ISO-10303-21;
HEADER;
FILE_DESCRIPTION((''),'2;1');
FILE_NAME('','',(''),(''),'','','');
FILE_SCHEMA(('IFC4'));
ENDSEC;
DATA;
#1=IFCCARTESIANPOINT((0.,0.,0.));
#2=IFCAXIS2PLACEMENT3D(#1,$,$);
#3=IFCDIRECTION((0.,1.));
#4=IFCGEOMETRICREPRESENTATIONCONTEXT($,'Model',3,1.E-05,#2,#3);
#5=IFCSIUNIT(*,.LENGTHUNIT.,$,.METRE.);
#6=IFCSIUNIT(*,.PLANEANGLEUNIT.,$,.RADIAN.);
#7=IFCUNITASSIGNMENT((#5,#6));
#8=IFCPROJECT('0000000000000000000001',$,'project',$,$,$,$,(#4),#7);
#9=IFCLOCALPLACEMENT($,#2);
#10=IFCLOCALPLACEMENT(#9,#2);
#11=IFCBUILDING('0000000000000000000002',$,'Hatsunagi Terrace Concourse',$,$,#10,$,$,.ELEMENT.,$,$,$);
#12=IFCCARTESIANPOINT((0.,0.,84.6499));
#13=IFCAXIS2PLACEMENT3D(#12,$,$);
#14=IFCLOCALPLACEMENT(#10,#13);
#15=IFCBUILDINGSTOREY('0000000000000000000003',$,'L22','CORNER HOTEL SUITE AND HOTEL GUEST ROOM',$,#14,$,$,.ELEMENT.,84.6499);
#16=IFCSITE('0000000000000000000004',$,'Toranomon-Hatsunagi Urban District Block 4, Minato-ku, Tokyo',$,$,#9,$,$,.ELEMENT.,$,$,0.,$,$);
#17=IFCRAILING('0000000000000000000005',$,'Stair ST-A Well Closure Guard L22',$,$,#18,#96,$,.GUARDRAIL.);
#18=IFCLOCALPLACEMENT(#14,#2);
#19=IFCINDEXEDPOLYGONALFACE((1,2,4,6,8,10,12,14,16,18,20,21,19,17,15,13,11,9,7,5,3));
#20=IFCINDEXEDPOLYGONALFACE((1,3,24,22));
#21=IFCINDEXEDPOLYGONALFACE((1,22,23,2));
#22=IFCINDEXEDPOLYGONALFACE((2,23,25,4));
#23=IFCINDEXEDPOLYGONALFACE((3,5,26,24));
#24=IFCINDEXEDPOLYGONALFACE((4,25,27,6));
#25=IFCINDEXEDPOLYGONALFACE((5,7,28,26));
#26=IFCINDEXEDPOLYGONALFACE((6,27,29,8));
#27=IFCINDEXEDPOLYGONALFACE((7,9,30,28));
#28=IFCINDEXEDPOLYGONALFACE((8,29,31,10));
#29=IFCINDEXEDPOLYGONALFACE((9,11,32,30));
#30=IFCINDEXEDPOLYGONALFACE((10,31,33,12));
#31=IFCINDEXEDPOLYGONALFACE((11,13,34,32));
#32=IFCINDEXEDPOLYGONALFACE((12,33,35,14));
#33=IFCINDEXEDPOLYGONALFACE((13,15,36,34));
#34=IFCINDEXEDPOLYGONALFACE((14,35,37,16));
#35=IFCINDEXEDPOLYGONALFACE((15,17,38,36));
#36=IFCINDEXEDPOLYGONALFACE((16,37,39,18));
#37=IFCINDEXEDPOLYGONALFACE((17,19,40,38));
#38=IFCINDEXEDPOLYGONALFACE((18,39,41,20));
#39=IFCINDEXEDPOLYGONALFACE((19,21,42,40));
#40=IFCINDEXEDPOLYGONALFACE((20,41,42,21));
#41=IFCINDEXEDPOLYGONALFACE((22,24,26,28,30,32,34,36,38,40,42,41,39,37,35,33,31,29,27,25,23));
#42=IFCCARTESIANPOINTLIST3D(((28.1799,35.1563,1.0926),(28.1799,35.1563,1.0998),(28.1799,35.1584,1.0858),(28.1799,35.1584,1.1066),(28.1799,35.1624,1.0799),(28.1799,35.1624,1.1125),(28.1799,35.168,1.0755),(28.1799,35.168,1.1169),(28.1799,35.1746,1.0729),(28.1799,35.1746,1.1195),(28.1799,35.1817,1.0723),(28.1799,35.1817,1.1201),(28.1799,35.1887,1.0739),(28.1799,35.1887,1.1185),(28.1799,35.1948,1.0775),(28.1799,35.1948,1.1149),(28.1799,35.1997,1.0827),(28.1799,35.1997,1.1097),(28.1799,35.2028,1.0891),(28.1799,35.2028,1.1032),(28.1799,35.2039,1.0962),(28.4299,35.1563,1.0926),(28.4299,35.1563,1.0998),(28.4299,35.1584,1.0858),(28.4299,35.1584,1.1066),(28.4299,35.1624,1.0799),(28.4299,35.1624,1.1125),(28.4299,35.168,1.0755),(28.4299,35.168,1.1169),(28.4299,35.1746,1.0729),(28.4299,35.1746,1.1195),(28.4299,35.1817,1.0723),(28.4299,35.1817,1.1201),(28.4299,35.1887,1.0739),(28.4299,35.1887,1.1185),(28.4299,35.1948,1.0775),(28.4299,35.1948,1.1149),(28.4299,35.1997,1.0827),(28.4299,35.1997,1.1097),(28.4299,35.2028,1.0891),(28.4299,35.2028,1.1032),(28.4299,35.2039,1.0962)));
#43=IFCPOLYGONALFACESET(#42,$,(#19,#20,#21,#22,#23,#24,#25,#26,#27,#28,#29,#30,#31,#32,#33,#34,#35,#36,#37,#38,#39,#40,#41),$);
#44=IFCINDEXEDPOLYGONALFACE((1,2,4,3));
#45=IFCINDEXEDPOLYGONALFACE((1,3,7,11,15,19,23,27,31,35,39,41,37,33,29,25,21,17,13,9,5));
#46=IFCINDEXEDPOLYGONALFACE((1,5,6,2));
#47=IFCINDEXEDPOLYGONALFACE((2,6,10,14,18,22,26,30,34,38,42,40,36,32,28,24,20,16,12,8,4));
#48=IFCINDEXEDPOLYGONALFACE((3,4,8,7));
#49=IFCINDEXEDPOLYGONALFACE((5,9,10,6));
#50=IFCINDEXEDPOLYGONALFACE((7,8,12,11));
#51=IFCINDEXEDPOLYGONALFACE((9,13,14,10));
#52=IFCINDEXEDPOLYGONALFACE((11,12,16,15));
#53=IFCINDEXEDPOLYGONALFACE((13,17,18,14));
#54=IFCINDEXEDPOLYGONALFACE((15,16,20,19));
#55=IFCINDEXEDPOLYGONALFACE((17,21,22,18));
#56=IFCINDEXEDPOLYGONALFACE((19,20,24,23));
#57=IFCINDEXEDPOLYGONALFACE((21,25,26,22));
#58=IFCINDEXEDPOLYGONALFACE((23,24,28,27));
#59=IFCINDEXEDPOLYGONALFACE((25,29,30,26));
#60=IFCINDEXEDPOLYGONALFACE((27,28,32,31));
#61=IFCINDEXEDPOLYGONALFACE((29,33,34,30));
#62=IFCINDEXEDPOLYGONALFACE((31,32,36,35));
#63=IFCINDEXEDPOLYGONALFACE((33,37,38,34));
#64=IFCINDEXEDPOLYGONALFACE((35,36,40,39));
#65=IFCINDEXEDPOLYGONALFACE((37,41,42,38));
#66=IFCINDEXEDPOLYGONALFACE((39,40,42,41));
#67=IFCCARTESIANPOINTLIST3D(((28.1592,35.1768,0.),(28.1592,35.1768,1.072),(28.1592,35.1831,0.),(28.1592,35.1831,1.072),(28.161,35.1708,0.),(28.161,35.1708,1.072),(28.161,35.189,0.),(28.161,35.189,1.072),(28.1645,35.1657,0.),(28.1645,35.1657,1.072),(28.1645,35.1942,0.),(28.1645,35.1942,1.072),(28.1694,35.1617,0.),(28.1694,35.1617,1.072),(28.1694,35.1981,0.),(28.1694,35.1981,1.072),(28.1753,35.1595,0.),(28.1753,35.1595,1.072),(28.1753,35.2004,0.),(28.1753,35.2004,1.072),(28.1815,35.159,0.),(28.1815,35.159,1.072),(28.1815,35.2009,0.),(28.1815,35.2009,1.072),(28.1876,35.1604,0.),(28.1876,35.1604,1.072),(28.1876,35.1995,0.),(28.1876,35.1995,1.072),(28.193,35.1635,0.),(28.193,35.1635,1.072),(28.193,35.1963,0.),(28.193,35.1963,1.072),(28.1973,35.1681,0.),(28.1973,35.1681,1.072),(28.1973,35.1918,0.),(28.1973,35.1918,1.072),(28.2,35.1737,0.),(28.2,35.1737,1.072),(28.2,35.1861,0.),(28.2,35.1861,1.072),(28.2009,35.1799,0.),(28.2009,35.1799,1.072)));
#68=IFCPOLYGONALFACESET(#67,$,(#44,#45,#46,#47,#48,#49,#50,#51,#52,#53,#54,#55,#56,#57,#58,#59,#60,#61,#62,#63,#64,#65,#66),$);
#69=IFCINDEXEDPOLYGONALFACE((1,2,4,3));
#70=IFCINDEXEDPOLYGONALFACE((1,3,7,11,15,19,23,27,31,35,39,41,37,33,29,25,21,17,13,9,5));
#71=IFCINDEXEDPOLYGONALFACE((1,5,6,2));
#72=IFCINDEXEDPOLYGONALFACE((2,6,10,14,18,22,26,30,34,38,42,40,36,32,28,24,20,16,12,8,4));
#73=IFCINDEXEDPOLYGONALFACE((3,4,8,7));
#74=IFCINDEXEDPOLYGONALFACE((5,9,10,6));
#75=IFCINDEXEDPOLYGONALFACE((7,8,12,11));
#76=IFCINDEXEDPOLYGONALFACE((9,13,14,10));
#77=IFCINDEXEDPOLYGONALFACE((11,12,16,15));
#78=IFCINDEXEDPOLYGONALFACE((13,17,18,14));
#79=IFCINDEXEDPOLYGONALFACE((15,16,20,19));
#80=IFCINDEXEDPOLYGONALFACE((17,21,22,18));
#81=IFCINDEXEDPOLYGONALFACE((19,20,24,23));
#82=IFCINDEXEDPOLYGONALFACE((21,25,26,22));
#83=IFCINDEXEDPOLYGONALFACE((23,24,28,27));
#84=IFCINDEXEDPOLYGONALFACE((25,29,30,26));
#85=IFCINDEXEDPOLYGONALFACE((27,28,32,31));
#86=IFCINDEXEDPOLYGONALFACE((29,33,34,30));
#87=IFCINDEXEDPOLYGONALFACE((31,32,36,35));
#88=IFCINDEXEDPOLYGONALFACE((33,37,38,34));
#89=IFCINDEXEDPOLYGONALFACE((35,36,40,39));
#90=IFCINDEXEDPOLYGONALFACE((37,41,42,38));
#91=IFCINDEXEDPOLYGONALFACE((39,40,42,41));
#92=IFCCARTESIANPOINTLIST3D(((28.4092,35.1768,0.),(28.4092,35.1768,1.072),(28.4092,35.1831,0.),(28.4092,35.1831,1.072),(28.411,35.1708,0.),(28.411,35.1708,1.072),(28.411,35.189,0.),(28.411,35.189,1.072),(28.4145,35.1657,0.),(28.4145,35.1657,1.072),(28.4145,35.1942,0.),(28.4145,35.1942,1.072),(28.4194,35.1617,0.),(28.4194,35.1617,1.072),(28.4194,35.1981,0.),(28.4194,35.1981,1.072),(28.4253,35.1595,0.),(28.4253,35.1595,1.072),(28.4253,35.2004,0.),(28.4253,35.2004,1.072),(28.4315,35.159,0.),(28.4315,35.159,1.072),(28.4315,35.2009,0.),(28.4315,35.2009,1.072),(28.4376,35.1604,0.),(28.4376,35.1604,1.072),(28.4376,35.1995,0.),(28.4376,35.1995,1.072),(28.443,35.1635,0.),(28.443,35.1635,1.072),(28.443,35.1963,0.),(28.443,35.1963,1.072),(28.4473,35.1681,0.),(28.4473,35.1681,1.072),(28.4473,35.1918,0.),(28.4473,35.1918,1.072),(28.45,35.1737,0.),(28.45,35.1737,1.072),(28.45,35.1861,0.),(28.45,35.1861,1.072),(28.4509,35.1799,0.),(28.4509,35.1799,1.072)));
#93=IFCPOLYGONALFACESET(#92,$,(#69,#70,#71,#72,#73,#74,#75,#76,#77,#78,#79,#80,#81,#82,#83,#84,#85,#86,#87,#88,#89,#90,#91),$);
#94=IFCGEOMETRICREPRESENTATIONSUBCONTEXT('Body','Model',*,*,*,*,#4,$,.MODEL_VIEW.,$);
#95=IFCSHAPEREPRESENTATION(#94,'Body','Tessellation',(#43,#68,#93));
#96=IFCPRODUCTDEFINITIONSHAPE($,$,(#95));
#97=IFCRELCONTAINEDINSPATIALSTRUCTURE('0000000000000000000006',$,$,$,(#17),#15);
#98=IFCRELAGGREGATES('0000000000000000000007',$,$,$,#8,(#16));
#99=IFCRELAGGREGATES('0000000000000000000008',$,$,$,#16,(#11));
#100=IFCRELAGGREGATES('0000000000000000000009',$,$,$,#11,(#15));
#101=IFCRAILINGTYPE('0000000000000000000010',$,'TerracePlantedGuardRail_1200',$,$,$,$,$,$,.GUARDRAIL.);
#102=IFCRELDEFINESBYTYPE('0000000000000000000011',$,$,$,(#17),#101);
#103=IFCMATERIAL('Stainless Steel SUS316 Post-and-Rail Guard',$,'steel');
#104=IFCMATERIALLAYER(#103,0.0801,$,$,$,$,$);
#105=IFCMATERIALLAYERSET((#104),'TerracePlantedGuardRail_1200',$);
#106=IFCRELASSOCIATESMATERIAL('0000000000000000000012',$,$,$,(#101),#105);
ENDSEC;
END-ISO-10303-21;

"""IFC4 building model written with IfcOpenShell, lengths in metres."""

from ifc_helpers import new_model, si_unit, direction, frame, origin, origin_2d, place, context, subcontext, project, spatial, circle, extrude, material, layer, layer_set, type_object, element, save


model = new_model("IFC4")

# Units and contexts
model_context = context("Model", 3, precision=1e-05, world=origin(), true_north=direction((0.0, 1.0)))
body_context = subcontext(model_context, "Body", "Model", "MODEL_VIEW")
ifc_project = project(units=[si_unit("LENGTHUNIT", "METRE"), si_unit("PLANEANGLEUNIT", "RADIAN")], contexts=[model_context])

# Site, building, storey
site_placement = place(None, origin())
site = spatial("IfcSite", under=ifc_project, at=site_placement, Name="Toranomon-Hatsunagi Urban District Block 4, Minato-ku, Tokyo", CompositionType="ELEMENT", RefElevation=0.0)
building_placement = place(site_placement, origin())
building = spatial("IfcBuilding", under=site, at=building_placement, Name="Hatsunagi Terrace Concourse", CompositionType="ELEMENT")
storey_placement = place(building_placement, frame((0.0, 0.0, 84.6499)))
storey = spatial("IfcBuildingStorey", under=building, at=storey_placement, Name="L22", Description="CORNER HOTEL SUITE AND HOTEL GUEST ROOM", CompositionType="ELEMENT", Elevation=84.6499)

# Railing
ifc_material_1 = material(Name="Stainless Steel SUS316 Post-and-Rail Guard", Category="steel")
ifc_layer_1 = layer(ifc_material_1, 0.0801)
ifc_layer_set_1 = layer_set([ifc_layer_1], Name="TerracePlantedGuardRail_1200")
railing_type_1 = type_object("IfcRailingType", Name="TerracePlantedGuardRail_1200", PredefinedType="GUARDRAIL", material=ifc_layer_set_1)
railing_1_placement = place(storey_placement, frame((28.1799, 35.1799, 0.0)))
element("IfcRailing", 1, at=railing_1_placement, inside=storey, type_object=railing_type_1, Name="Stair ST-A Well Closure Guard L22", PredefinedType="GUARDRAIL", context=body_context, shape_type="SweptSolid", body=[
    extrude(circle(Radius=0.0239, at=origin_2d()), frame((0.0, 0.0, 1.0962), z_axis=(1.0, 0.0, 0.0), x_axis=(0.0, 1.0, 0.0)), (0.0, 0.0, 1.0), 0.25),
    extrude(circle(Radius=0.021, at=origin_2d()), origin(), (0.0, 0.0, 1.0), 1.072),
    extrude(circle(Radius=0.021, at=origin_2d()), frame((0.25, 0.0, 0.0)), (0.0, 0.0, 1.0), 1.072),
])

save(model, "model.ifc")
